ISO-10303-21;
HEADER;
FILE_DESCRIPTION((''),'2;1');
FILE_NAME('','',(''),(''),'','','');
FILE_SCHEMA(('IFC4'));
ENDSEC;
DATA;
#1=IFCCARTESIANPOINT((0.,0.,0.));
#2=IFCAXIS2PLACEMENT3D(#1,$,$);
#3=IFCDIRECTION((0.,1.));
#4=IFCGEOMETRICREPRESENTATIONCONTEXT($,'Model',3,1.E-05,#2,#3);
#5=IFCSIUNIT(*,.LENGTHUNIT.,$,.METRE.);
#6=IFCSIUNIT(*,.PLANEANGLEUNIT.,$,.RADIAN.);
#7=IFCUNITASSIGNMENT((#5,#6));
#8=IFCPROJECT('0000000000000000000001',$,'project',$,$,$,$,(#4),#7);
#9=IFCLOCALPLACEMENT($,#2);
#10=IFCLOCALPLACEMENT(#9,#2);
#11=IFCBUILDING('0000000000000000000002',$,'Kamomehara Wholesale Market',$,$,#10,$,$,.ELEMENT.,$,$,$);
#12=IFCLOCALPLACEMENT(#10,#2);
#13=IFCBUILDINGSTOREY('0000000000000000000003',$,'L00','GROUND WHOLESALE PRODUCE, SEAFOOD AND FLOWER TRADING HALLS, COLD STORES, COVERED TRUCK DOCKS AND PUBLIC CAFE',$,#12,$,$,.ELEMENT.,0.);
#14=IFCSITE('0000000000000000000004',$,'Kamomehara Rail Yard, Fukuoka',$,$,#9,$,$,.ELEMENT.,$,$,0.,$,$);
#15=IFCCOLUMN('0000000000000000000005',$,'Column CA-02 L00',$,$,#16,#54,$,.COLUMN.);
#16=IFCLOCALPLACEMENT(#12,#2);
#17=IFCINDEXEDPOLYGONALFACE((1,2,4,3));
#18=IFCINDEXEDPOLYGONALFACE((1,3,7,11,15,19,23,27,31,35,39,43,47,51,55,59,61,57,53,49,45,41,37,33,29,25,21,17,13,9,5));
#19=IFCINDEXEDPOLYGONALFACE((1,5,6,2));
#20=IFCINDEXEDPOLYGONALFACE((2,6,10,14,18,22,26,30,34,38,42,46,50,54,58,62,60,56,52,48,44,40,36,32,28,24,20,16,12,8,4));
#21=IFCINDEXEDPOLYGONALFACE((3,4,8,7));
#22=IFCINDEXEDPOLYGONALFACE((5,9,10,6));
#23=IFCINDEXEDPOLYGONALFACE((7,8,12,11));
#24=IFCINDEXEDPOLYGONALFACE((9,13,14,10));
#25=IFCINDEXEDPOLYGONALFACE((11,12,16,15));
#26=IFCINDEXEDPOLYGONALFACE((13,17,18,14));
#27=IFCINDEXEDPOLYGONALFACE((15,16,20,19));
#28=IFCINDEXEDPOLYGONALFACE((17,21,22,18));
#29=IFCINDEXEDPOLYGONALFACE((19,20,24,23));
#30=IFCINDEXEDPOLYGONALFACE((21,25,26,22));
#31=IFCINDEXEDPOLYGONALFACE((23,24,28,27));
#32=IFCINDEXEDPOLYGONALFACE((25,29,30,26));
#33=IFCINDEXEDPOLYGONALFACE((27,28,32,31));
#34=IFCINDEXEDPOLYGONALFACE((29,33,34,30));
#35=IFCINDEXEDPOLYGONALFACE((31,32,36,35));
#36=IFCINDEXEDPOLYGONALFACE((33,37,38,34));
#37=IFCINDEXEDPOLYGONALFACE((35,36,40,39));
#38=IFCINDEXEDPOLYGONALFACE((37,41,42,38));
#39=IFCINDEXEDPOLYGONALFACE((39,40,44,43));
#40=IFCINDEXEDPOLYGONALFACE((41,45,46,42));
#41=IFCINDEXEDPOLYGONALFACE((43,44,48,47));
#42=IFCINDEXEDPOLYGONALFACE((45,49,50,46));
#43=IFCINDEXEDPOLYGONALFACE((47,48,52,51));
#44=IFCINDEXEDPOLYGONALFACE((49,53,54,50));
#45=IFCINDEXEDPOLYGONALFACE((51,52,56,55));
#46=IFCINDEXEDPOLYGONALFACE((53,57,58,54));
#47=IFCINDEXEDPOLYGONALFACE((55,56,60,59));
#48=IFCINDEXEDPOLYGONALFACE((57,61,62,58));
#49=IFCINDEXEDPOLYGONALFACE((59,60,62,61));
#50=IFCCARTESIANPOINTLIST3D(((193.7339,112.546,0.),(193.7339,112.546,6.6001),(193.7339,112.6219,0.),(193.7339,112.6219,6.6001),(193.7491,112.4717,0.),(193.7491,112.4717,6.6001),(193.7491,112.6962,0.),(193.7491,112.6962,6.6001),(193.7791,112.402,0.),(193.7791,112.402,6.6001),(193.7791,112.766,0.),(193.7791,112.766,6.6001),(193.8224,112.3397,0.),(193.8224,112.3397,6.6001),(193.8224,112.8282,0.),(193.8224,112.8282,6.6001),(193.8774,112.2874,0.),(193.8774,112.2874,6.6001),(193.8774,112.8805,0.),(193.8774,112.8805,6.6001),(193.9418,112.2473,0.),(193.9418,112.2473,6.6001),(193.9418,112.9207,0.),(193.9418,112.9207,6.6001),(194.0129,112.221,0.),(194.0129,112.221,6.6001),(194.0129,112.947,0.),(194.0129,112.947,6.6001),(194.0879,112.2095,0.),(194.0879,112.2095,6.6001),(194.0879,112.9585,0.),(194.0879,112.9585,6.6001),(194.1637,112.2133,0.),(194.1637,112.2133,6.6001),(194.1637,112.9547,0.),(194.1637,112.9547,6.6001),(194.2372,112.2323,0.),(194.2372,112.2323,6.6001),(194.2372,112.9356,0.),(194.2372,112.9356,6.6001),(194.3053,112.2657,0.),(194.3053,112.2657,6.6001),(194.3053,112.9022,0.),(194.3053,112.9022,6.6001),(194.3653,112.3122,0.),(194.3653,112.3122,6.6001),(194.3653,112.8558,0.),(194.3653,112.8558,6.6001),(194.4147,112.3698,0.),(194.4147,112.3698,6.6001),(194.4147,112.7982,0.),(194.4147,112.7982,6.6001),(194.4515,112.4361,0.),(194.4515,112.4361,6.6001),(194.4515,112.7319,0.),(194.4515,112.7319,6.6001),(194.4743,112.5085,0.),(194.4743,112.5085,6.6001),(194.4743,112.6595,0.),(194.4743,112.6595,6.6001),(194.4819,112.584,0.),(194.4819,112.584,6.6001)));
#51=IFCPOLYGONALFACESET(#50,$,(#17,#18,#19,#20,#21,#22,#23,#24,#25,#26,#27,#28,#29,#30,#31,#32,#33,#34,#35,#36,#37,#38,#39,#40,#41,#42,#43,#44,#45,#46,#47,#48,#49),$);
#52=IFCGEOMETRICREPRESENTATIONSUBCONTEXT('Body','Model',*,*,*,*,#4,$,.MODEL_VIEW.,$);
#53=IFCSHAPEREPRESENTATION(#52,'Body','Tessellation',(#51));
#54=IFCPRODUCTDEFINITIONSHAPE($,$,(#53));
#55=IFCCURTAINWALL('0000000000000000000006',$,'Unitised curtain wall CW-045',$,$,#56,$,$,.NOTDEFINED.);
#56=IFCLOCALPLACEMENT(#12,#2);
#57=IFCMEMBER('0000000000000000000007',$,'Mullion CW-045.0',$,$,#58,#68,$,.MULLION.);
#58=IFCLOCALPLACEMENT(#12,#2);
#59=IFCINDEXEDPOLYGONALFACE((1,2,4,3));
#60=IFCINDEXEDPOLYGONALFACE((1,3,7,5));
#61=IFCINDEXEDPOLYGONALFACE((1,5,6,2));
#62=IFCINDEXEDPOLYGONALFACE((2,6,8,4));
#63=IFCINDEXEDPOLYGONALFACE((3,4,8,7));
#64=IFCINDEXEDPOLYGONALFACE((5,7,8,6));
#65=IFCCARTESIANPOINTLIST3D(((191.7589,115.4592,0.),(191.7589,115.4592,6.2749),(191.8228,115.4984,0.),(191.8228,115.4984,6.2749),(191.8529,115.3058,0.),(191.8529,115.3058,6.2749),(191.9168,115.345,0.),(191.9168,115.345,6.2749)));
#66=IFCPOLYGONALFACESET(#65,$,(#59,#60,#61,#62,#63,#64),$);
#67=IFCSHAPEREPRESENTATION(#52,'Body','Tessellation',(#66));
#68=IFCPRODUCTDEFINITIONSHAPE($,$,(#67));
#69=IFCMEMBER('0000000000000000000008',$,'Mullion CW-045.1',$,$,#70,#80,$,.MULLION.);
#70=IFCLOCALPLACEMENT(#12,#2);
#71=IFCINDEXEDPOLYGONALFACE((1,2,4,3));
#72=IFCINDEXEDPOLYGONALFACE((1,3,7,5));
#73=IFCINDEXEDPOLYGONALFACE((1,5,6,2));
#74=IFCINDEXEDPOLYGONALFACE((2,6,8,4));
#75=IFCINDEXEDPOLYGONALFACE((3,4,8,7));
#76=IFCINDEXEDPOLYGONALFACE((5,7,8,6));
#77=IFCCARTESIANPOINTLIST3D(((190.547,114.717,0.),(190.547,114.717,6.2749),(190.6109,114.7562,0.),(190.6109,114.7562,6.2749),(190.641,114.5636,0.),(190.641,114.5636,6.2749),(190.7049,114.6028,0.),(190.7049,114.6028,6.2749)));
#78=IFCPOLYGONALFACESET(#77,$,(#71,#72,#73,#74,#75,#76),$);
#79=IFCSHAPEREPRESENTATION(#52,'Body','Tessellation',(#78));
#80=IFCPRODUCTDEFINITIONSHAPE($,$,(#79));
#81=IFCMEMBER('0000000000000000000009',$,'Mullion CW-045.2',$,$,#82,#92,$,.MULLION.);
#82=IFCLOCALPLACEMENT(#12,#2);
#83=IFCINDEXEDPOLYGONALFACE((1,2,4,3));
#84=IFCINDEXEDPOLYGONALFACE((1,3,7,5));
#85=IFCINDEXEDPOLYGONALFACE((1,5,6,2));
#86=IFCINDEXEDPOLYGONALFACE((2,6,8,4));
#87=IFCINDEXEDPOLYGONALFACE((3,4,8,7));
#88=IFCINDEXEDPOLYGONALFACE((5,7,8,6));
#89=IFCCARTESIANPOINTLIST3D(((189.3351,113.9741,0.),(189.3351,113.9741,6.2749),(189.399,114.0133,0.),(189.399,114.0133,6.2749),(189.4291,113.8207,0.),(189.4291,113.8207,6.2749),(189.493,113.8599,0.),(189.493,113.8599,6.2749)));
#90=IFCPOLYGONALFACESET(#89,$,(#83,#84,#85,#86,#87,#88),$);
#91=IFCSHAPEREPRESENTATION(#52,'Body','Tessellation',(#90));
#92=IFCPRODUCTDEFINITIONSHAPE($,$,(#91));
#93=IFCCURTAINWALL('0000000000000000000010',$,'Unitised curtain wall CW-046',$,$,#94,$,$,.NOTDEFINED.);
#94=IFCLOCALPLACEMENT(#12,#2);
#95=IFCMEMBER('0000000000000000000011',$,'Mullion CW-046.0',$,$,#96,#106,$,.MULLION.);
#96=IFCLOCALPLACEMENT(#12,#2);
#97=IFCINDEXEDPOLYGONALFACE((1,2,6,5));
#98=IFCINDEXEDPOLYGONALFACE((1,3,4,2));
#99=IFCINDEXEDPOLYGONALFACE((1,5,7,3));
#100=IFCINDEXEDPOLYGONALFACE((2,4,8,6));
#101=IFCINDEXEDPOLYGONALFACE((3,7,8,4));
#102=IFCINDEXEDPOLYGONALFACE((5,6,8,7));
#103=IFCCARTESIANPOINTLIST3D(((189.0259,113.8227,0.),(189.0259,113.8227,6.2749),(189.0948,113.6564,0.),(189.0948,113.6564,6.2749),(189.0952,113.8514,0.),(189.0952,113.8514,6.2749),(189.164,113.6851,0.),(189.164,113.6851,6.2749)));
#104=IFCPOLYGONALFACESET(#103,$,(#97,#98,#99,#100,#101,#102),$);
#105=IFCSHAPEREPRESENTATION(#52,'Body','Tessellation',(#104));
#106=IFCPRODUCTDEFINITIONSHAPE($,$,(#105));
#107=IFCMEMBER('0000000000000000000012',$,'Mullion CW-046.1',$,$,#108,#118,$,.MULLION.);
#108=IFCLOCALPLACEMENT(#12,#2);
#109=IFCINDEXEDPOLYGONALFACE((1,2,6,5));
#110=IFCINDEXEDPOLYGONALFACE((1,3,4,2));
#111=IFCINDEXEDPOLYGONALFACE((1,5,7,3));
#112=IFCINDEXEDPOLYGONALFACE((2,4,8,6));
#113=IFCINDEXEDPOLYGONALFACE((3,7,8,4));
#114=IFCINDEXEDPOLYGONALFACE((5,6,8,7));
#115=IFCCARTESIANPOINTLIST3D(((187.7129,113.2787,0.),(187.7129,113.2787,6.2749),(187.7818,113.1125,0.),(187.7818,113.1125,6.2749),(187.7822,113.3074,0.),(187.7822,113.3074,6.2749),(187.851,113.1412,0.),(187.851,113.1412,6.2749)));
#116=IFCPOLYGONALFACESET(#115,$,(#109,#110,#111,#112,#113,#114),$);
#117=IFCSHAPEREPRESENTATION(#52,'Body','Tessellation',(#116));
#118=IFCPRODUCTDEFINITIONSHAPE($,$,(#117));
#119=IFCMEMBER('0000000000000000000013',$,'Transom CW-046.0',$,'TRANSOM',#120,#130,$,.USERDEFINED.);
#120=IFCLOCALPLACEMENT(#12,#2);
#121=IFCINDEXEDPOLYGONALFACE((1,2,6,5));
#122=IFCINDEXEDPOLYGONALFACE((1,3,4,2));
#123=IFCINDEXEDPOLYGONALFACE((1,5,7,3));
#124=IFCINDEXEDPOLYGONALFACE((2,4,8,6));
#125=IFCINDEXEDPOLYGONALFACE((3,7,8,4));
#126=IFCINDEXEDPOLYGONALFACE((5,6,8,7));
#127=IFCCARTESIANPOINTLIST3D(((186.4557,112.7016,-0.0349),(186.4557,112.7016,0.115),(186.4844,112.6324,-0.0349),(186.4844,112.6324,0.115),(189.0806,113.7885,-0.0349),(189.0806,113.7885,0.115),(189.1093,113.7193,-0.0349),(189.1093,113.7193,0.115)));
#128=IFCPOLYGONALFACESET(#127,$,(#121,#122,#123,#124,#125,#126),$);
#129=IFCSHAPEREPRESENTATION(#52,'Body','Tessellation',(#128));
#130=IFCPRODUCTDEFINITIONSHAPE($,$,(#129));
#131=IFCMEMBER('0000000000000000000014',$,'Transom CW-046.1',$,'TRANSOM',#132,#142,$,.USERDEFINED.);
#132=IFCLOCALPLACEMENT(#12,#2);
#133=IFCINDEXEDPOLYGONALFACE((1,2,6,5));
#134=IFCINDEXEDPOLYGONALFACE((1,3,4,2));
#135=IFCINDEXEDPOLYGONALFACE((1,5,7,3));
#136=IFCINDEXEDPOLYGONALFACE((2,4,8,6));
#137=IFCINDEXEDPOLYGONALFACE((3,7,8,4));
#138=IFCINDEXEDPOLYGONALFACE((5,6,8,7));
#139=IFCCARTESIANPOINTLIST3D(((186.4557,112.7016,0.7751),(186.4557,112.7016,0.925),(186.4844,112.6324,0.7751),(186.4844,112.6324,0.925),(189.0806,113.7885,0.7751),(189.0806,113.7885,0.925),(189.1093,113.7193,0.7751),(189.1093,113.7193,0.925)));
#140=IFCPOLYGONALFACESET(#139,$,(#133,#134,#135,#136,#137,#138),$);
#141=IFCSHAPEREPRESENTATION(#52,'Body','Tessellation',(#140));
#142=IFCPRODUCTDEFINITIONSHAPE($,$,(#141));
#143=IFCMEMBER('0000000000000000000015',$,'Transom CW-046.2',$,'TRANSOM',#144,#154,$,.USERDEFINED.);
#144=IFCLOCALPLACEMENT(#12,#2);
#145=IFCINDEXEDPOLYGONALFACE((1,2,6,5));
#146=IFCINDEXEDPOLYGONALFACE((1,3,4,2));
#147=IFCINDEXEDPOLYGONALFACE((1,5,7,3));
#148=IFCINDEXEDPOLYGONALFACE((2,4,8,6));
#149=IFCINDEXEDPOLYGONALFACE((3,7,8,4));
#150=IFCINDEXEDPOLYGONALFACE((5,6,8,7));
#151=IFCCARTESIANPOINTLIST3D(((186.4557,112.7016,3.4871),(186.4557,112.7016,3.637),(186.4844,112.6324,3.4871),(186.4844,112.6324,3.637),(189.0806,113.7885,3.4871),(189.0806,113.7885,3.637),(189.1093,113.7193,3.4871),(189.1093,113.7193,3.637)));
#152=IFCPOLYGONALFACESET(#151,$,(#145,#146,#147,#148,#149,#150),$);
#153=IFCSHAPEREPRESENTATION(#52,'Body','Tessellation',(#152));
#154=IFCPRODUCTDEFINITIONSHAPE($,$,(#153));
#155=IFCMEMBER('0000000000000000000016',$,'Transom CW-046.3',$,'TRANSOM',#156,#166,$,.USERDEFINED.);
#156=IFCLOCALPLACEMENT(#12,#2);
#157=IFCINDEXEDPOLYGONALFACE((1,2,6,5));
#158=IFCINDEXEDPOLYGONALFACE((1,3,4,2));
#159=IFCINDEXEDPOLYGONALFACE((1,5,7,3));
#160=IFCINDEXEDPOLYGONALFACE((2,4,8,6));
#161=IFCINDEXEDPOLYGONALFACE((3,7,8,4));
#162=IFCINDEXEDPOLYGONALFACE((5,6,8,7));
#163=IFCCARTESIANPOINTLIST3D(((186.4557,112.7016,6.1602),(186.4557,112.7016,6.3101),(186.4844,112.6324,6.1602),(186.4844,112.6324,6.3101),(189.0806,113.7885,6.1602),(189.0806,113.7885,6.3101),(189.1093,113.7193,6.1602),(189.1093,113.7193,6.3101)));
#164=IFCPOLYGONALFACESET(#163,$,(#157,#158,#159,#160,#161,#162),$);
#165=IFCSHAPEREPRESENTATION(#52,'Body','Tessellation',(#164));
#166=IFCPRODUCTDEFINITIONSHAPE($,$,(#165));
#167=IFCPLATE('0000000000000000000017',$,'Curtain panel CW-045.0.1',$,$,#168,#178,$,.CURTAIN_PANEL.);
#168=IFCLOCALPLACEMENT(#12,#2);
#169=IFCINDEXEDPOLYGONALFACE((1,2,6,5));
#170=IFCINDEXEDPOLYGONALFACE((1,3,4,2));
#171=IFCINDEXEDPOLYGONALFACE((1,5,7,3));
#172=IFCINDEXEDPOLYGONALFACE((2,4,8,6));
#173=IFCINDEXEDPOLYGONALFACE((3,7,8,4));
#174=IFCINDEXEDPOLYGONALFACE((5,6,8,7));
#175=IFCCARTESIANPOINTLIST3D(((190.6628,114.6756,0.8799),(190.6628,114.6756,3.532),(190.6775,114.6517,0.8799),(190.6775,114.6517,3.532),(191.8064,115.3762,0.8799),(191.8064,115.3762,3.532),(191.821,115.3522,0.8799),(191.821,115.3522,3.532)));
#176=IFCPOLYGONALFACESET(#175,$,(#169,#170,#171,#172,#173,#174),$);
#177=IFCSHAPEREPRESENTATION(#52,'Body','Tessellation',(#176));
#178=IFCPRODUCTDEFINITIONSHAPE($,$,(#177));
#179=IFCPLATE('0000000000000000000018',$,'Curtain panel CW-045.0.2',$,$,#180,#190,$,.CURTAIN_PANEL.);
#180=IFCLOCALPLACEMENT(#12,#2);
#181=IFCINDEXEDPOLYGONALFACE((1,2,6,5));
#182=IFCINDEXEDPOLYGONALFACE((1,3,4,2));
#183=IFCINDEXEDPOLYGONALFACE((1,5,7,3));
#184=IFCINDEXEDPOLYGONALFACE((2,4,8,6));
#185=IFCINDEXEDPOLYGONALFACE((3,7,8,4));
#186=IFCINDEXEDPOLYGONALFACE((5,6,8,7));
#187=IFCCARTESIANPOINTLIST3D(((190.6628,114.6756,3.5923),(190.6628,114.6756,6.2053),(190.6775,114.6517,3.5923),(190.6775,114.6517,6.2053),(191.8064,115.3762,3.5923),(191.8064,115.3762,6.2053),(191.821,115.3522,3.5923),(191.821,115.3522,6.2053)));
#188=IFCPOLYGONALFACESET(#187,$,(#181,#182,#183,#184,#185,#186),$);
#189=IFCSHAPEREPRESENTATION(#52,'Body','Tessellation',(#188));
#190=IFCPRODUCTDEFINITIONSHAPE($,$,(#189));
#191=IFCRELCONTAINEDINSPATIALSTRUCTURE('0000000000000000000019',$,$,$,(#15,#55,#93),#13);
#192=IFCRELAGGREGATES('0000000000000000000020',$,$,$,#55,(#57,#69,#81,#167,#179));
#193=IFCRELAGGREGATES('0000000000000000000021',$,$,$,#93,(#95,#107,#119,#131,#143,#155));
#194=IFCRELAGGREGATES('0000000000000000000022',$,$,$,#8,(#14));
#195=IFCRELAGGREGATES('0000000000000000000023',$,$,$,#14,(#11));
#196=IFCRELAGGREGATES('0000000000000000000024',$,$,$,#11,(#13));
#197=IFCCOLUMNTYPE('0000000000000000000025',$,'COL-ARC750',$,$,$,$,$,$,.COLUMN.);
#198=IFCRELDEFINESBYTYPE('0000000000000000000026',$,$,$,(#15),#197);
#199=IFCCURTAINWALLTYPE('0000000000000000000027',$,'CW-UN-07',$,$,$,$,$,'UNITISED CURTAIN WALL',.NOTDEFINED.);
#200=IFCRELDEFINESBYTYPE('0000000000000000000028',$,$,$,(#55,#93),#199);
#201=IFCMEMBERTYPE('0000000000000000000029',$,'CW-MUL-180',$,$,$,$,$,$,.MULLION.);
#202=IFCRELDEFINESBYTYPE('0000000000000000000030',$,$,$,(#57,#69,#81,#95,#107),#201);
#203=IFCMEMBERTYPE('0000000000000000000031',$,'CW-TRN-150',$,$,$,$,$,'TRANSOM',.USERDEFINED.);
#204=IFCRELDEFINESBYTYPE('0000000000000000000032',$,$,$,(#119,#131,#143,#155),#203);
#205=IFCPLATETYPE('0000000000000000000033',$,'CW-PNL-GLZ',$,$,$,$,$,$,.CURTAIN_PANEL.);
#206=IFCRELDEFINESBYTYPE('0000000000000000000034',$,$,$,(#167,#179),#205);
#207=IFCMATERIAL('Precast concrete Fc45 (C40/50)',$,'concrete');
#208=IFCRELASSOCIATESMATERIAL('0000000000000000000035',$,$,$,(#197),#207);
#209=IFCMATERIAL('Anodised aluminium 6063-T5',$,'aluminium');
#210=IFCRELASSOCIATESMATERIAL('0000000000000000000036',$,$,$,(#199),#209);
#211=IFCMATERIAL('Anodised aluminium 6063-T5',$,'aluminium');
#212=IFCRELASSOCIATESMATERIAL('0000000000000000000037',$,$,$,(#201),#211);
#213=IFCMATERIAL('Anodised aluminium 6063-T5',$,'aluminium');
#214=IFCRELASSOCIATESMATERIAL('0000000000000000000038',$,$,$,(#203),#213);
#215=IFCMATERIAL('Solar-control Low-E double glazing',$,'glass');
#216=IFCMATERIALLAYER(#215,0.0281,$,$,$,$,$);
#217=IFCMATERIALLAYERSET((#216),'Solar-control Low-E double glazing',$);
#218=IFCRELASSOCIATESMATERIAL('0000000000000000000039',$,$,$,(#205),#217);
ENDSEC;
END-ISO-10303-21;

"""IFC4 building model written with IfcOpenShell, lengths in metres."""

from ifc_helpers import new_model, si_unit, direction, frame, origin, origin_2d, place, context, subcontext, project, spatial, rectangle, circle, extrude, material, layer, layer_set, material_profile, profile_set, type_object, element, aggregate, save


model = new_model("IFC4")

# Units and contexts
model_context = context("Model", 3, precision=1e-05, world=origin(), true_north=direction((0.0, 1.0)))
body_context = subcontext(model_context, "Body", "Model", "MODEL_VIEW")
ifc_project = project(units=[si_unit("LENGTHUNIT", "METRE"), si_unit("PLANEANGLEUNIT", "RADIAN")], contexts=[model_context])

# Site, building, storey
site_placement = place(None, origin())
site = spatial("IfcSite", under=ifc_project, at=site_placement, Name="Kamomehara Rail Yard, Fukuoka", CompositionType="ELEMENT", RefElevation=0.0)
building_placement = place(site_placement, origin())
building = spatial("IfcBuilding", under=site, at=building_placement, Name="Kamomehara Wholesale Market", CompositionType="ELEMENT")
storey_placement = place(building_placement, origin())
storey = spatial("IfcBuildingStorey", under=building, at=storey_placement, Name="L00", Description="GROUND WHOLESALE PRODUCE, SEAFOOD AND FLOWER TRADING HALLS, COLD STORES, COVERED TRUCK DOCKS AND PUBLIC CAFE", CompositionType="ELEMENT", Elevation=0.0)

# Column
ifc_material_1 = material(Name="Precast concrete Fc45 (C40/50)", Category="concrete")
ifc_material_profile_1 = material_profile(ifc_material_1, circle(Radius=0.375, at=origin_2d()), Name="PC-ARC-D750")
ifc_profile_set_1 = profile_set([ifc_material_profile_1], Name="Precast concrete Fc45 (C40/50)")
column_type_1 = type_object("IfcColumnType", Name="COL-ARC750", PredefinedType="COLUMN", material=ifc_profile_set_1)
column_1_placement = place(storey_placement, frame((194.1069, 112.584, 0.0), z_axis=(0.0, 0.0, 1.0), x_axis=(1.0, 0.0, 0.0)))
element("IfcColumn", 1, at=column_1_placement, inside=storey, type_object=column_type_1, Name="Column CA-02 L00", PredefinedType="COLUMN", context=body_context, shape_type="SweptSolid", body=[
    extrude(circle(Radius=0.375, at=origin_2d()), origin(), (0.0, 0.0, 1.0), 6.6001),
])

# Curtain walls, members
ifc_material_2 = material(Name="Anodised aluminium 6063-T5", Category="aluminium")
curtain_wall_type = type_object("IfcCurtainWallType", Name="CW-UN-07", ElementType="UNITISED CURTAIN WALL", PredefinedType="NOTDEFINED", material=ifc_material_2)
curtain_wall_1_placement = place(storey_placement, origin())
curtain_wall_1 = element("IfcCurtainWall", 2, at=curtain_wall_1_placement, inside=storey, type_object=curtain_wall_type, Name="Unitised curtain wall CW-045", PredefinedType="NOTDEFINED")
ifc_material_3 = material(Name="Anodised aluminium 6063-T5", Category="aluminium")
ifc_material_profile_2 = material_profile(ifc_material_3, rectangle(XDim=0.075, YDim=0.1799, at=origin_2d()), Name="ALU-MUL-75x180")
ifc_profile_set_2 = profile_set([ifc_material_profile_2], Name="Anodised aluminium 6063-T5")
member_type_1 = type_object("IfcMemberType", Name="CW-MUL-180", PredefinedType="MULLION", material=ifc_profile_set_2)
member_1_placement = place(storey_placement, frame((191.8379, 115.4021, 0.0), z_axis=(0.0, 0.0, 1.0), x_axis=(-0.852708, -0.522388, 0.0)))
member_1 = element("IfcMember", 3, at=member_1_placement, type_object=member_type_1, Name="Mullion CW-045.0", PredefinedType="MULLION", context=body_context, shape_type="SweptSolid", body=[
    extrude(rectangle(XDim=0.075, YDim=0.1799, at=origin_2d()), origin(), (0.0, 0.0, 1.0), 6.2749),
])
member_2_placement = place(storey_placement, frame((190.626, 114.6599, 0.0), z_axis=(0.0, 0.0, 1.0), x_axis=(-0.852708, -0.522388, 0.0)))
member_2 = element("IfcMember", 4, at=member_2_placement, type_object=member_type_1, Name="Mullion CW-045.1", PredefinedType="MULLION", context=body_context, shape_type="SweptSolid", body=[
    extrude(rectangle(XDim=0.075, YDim=0.1799, at=origin_2d()), origin(), (0.0, 0.0, 1.0), 6.2749),
])
member_3_placement = place(storey_placement, frame((189.4141, 113.917, 0.0), z_axis=(0.0, 0.0, 1.0), x_axis=(-0.852708, -0.522388, 0.0)))
member_3 = element("IfcMember", 5, at=member_3_placement, type_object=member_type_1, Name="Mullion CW-045.2", PredefinedType="MULLION", context=body_context, shape_type="SweptSolid", body=[
    extrude(rectangle(XDim=0.075, YDim=0.1799, at=origin_2d()), origin(), (0.0, 0.0, 1.0), 6.2749),
])
curtain_wall_2_placement = place(storey_placement, origin())
curtain_wall_2 = element("IfcCurtainWall", 6, at=curtain_wall_2_placement, inside=storey, type_object=curtain_wall_type, Name="Unitised curtain wall CW-046", PredefinedType="NOTDEFINED")
member_4_placement = place(storey_placement, frame((189.095, 113.7539, 0.0), z_axis=(0.0, 0.0, 1.0), x_axis=(-0.923918, -0.38259, 0.0)))
member_4 = element("IfcMember", 7, at=member_4_placement, type_object=member_type_1, Name="Mullion CW-046.0", PredefinedType="MULLION", context=body_context, shape_type="SweptSolid", body=[
    extrude(rectangle(XDim=0.075, YDim=0.1799, at=origin_2d()), origin(), (0.0, 0.0, 1.0), 6.2749),
])
member_5_placement = place(storey_placement, frame((187.782, 113.21, 0.0), z_axis=(0.0, 0.0, 1.0), x_axis=(-0.923918, -0.38259, 0.0)))
member_5 = element("IfcMember", 8, at=member_5_placement, type_object=member_type_1, Name="Mullion CW-046.1", PredefinedType="MULLION", context=body_context, shape_type="SweptSolid", body=[
    extrude(rectangle(XDim=0.075, YDim=0.1799, at=origin_2d()), origin(), (0.0, 0.0, 1.0), 6.2749),
])
ifc_material_4 = material(Name="Anodised aluminium 6063-T5", Category="aluminium")
ifc_material_profile_3 = material_profile(ifc_material_4, rectangle(XDim=0.075, YDim=0.1499, at=origin_2d()), Name="ALU-TRN-75x150")
ifc_profile_set_3 = profile_set([ifc_material_profile_3], Name="Anodised aluminium 6063-T5")
member_type_2 = type_object("IfcMemberType", Name="CW-TRN-150", ElementType="TRANSOM", PredefinedType="USERDEFINED", material=ifc_profile_set_3)
member_6_placement = place(storey_placement, frame((189.095, 113.7539, 0.04), z_axis=(-0.923929, -0.382564, 0.0), x_axis=(0.382564, -0.923929, 0.0)))
member_6 = element("IfcMember", 9, at=member_6_placement, type_object=member_type_2, Name="Transom CW-046.0", ObjectType="TRANSOM", PredefinedType="USERDEFINED", context=body_context, shape_type="SweptSolid", body=[
    extrude(rectangle(XDim=0.075, YDim=0.1499, at=origin_2d()), origin(), (0.0, 0.0, 1.0), 2.8411),
])
member_7_placement = place(storey_placement, frame((189.095, 113.7539, 0.8501), z_axis=(-0.923929, -0.382564, 0.0), x_axis=(0.382564, -0.923929, 0.0)))
member_7 = element("IfcMember", 10, at=member_7_placement, type_object=member_type_2, Name="Transom CW-046.1", ObjectType="TRANSOM", PredefinedType="USERDEFINED", context=body_context, shape_type="SweptSolid", body=[
    extrude(rectangle(XDim=0.075, YDim=0.1499, at=origin_2d()), origin(), (0.0, 0.0, 1.0), 2.8411),
])
member_8_placement = place(storey_placement, frame((189.095, 113.7539, 3.562), z_axis=(-0.923929, -0.382564, 0.0), x_axis=(0.382564, -0.923929, 0.0)))
member_8 = element("IfcMember", 11, at=member_8_placement, type_object=member_type_2, Name="Transom CW-046.2", ObjectType="TRANSOM", PredefinedType="USERDEFINED", context=body_context, shape_type="SweptSolid", body=[
    extrude(rectangle(XDim=0.075, YDim=0.1499, at=origin_2d()), origin(), (0.0, 0.0, 1.0), 2.8411),
])
member_9_placement = place(storey_placement, frame((189.095, 113.7539, 6.2351), z_axis=(-0.923929, -0.382564, 0.0), x_axis=(0.382564, -0.923929, 0.0)))
member_9 = element("IfcMember", 12, at=member_9_placement, type_object=member_type_2, Name="Transom CW-046.3", ObjectType="TRANSOM", PredefinedType="USERDEFINED", context=body_context, shape_type="SweptSolid", body=[
    extrude(rectangle(XDim=0.075, YDim=0.1499, at=origin_2d()), origin(), (0.0, 0.0, 1.0), 2.8411),
])

# Plates
ifc_material_5 = material(Name="Solar-control Low-E double glazing", Category="glass")
ifc_layer_1 = layer(ifc_material_5, 0.0281)
ifc_layer_set_1 = layer_set([ifc_layer_1], Name="Solar-control Low-E double glazing")
plate_type_1 = type_object("IfcPlateType", Name="CW-PNL-GLZ", PredefinedType="CURTAIN_PANEL", material=ifc_layer_set_1)
plate_1_placement = place(storey_placement, frame((191.2419, 115.0139, 0.8799), z_axis=(0.0, 0.0, 1.0), x_axis=(-0.852704, -0.522394, 0.0)))
plate_1 = element("IfcPlate", 13, at=plate_1_placement, type_object=plate_type_1, Name="Curtain panel CW-045.0.1", PredefinedType="CURTAIN_PANEL", context=body_context, shape_type="SweptSolid", body=[
    extrude(rectangle(XDim=1.3411, YDim=0.0281, at=origin_2d()), origin(), (0.0, 0.0, 1.0), 2.6521),
])
plate_2_placement = place(storey_placement, frame((191.2419, 115.0139, 3.5923), z_axis=(0.0, 0.0, 1.0), x_axis=(-0.852704, -0.522394, 0.0)))
plate_2 = element("IfcPlate", 14, at=plate_2_placement, type_object=plate_type_1, Name="Curtain panel CW-045.0.2", PredefinedType="CURTAIN_PANEL", context=body_context, shape_type="SweptSolid", body=[
    extrude(rectangle(XDim=1.3411, YDim=0.0281, at=origin_2d()), origin(), (0.0, 0.0, 1.0), 2.613),
])
aggregate(curtain_wall_1, [member_1, member_2, member_3, plate_1, plate_2])
aggregate(curtain_wall_2, [member_4, member_5, member_6, member_7, member_8, member_9])

save(model, "model.ifc")
